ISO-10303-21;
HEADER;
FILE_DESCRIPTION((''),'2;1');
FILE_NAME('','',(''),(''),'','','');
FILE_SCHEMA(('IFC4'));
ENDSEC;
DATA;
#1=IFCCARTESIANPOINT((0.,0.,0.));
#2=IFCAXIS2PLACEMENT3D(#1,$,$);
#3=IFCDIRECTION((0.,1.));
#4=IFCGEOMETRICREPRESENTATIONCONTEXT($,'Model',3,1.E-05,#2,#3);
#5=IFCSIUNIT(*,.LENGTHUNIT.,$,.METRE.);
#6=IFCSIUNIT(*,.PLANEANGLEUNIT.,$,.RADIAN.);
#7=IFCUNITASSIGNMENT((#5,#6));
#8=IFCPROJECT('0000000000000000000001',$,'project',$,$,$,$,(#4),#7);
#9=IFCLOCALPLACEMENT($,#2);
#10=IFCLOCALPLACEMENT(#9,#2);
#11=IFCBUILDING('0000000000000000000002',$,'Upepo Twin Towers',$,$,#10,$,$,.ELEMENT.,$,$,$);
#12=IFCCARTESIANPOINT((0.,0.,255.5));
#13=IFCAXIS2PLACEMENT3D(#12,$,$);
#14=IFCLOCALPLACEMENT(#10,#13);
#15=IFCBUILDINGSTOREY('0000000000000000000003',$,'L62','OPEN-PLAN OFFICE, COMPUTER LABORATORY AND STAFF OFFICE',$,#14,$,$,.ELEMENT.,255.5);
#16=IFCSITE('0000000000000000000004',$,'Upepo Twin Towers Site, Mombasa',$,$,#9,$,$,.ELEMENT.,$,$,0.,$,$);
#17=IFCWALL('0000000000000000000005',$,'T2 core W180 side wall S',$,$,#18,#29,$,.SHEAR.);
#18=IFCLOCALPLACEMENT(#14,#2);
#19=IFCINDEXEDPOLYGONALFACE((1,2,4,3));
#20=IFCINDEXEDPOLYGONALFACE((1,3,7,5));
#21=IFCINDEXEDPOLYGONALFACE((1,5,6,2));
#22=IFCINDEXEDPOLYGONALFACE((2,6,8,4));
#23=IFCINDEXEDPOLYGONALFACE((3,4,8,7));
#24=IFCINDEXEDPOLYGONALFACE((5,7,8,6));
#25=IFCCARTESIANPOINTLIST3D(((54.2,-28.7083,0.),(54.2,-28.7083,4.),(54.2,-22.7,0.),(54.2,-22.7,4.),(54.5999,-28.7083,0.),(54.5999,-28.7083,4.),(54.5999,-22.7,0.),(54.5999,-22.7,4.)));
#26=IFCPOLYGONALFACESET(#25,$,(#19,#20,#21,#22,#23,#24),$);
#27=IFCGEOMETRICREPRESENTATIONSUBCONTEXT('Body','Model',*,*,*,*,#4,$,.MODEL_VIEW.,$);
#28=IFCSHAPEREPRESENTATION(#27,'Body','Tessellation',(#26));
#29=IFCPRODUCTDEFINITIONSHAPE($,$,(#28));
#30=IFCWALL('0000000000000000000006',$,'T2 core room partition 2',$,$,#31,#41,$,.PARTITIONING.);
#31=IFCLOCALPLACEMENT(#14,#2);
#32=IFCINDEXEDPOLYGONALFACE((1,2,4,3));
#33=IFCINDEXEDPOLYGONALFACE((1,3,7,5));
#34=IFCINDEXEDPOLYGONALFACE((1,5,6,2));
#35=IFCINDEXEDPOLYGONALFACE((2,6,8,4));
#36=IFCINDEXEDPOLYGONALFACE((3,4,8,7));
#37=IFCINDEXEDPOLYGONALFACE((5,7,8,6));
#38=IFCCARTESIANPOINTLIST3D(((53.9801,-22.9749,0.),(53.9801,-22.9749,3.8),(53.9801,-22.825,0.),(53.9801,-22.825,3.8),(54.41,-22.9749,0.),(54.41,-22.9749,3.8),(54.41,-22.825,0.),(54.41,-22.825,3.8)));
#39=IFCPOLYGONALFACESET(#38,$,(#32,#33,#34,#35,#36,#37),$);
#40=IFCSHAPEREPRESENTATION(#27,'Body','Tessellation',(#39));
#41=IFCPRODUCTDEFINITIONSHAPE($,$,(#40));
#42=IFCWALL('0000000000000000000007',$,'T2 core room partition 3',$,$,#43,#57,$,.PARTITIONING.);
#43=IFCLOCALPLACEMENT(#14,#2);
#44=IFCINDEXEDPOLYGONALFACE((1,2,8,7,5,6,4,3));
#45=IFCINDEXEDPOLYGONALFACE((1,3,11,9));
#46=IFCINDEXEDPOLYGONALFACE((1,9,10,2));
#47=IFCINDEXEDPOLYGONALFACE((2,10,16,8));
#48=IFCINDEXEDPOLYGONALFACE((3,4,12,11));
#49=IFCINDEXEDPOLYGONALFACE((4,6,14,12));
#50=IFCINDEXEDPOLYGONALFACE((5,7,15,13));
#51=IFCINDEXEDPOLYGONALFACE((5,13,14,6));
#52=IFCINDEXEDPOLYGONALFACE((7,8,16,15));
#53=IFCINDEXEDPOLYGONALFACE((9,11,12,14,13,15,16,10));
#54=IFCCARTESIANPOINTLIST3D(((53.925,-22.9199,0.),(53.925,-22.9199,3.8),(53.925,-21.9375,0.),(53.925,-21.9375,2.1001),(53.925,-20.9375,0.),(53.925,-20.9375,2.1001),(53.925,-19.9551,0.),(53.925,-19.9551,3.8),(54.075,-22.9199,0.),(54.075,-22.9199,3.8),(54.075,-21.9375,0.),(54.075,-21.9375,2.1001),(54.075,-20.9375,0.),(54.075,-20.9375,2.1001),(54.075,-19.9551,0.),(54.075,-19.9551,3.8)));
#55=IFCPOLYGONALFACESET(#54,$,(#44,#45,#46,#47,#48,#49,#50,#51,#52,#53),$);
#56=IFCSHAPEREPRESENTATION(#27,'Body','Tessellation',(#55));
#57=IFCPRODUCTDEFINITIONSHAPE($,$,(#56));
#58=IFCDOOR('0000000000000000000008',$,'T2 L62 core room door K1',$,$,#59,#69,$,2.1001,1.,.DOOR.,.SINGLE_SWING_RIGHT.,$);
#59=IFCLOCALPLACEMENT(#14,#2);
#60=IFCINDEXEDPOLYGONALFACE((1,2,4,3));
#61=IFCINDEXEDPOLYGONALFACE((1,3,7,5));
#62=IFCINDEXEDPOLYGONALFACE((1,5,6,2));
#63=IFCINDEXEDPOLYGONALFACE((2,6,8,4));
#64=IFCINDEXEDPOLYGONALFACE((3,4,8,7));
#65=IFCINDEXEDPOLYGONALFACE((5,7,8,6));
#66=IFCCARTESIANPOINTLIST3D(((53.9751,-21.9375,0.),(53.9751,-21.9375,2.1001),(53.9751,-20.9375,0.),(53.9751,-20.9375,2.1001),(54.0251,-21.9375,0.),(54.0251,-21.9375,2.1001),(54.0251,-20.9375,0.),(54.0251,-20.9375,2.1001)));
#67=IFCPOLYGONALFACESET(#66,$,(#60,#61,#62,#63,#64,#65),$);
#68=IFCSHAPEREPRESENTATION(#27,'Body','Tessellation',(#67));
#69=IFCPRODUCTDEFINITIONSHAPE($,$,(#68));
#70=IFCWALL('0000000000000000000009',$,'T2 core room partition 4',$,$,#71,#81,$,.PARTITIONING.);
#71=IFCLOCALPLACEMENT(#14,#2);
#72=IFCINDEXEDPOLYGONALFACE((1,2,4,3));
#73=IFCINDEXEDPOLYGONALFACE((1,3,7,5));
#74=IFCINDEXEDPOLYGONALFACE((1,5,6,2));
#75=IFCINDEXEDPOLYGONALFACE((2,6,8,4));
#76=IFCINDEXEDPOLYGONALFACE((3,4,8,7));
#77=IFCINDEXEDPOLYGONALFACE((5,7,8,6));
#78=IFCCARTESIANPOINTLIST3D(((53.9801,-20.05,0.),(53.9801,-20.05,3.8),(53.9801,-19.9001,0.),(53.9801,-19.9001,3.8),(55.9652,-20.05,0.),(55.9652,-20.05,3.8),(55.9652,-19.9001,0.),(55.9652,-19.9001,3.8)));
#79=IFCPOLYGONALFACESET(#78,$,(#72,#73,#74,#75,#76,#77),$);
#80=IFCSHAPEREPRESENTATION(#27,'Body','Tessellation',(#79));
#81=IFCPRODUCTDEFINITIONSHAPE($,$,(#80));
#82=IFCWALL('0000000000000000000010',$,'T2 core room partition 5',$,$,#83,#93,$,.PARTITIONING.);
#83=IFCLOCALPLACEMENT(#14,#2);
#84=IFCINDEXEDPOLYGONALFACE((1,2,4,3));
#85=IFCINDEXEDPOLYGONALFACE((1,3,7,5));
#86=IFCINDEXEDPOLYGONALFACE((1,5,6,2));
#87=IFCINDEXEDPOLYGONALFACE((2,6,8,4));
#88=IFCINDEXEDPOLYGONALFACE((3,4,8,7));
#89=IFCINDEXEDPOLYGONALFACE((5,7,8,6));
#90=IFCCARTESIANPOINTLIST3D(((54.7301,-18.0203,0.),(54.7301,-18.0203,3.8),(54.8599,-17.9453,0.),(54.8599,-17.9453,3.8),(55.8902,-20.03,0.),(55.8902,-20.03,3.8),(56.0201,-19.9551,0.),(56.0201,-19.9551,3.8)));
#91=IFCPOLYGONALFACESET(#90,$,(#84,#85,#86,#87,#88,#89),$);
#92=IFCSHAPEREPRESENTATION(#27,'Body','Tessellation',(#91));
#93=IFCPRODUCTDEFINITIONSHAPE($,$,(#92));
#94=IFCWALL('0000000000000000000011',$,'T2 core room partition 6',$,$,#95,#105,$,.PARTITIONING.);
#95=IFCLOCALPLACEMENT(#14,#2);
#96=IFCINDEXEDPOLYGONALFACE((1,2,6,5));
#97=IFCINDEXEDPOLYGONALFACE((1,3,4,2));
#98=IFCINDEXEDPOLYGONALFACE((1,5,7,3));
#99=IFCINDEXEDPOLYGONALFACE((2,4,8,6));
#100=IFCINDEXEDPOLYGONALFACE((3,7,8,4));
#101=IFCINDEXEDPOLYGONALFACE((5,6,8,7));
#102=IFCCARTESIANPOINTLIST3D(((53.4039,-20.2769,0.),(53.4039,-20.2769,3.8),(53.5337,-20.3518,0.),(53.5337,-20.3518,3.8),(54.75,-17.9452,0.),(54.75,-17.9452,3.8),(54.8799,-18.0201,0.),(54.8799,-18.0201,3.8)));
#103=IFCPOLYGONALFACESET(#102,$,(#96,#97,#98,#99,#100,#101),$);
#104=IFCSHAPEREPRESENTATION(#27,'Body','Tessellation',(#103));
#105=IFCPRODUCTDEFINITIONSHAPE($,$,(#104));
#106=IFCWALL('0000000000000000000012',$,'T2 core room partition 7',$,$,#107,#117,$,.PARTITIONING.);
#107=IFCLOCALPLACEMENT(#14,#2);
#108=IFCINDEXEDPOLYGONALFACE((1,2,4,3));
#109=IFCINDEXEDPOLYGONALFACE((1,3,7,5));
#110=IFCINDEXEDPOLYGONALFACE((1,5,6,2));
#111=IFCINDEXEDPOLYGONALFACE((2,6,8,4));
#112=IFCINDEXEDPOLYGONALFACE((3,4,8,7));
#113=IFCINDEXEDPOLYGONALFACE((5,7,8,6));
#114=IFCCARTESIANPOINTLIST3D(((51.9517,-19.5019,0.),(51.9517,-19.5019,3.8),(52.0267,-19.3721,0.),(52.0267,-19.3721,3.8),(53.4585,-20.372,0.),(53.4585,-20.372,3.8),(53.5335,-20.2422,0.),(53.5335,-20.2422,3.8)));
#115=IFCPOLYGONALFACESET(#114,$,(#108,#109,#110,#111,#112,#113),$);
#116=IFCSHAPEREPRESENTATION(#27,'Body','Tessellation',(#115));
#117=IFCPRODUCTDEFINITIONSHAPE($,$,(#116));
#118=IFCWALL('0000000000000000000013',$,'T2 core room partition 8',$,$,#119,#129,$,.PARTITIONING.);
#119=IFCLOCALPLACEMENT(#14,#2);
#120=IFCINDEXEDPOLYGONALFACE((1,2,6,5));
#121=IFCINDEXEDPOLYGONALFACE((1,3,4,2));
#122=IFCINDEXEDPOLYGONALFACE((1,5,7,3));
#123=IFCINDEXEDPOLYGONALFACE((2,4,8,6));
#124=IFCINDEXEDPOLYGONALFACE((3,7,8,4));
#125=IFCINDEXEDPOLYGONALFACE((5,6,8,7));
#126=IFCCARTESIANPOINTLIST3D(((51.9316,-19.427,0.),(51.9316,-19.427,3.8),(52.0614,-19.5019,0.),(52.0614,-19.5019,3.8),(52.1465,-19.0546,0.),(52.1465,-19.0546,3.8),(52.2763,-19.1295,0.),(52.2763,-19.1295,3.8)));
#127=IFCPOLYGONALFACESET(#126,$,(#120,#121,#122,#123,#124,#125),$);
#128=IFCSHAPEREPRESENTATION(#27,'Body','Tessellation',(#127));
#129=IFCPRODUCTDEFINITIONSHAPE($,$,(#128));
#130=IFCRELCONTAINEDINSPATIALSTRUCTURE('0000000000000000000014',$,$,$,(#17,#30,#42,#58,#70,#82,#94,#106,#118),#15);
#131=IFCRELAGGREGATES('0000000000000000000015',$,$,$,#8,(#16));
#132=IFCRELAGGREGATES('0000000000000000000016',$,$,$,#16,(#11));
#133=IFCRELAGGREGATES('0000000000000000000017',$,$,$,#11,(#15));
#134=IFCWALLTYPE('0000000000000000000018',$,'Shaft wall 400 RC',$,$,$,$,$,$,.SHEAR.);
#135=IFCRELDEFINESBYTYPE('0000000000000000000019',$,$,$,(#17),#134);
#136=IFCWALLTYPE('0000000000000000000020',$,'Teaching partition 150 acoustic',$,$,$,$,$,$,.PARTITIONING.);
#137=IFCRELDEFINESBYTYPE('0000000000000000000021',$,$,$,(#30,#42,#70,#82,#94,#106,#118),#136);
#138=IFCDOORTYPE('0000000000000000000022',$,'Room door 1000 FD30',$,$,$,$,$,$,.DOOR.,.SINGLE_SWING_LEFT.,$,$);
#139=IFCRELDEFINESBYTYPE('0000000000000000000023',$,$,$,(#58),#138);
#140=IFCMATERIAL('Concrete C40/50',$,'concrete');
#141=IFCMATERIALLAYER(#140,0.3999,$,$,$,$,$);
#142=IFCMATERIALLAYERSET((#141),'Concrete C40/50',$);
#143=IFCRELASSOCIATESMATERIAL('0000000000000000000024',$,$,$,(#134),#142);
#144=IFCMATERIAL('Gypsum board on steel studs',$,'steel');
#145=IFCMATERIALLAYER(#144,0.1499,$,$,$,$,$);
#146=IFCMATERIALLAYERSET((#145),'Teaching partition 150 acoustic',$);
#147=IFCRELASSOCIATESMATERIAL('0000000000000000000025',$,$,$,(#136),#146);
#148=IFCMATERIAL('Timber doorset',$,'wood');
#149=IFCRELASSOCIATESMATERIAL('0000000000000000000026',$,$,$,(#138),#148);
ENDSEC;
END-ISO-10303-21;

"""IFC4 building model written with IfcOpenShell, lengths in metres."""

from ifc_helpers import new_model, si_unit, direction, frame, frame_2d, origin, place, context, subcontext, project, spatial, rectangle, extrude, material, layer, layer_set, type_object, element, fill, save


model = new_model("IFC4")

# Units and contexts
model_context = context("Model", 3, precision=1e-05, world=origin(), true_north=direction((0.0, 1.0)))
body_context = subcontext(model_context, "Body", "Model", "MODEL_VIEW")
ifc_project = project(units=[si_unit("LENGTHUNIT", "METRE"), si_unit("PLANEANGLEUNIT", "RADIAN")], contexts=[model_context])

# Site, building, storey
site_placement = place(None, origin())
site = spatial("IfcSite", under=ifc_project, at=site_placement, Name="Upepo Twin Towers Site, Mombasa", CompositionType="ELEMENT", RefElevation=0.0)
building_placement = place(site_placement, origin())
building = spatial("IfcBuilding", under=site, at=building_placement, Name="Upepo Twin Towers", CompositionType="ELEMENT")
storey_placement = place(building_placement, frame((0.0, 0.0, 255.5)))
storey = spatial("IfcBuildingStorey", under=building, at=storey_placement, Name="L62", Description="OPEN-PLAN OFFICE, COMPUTER LABORATORY AND STAFF OFFICE", CompositionType="ELEMENT", Elevation=255.5)

# Walls
ifc_material_1 = material(Name="Concrete C40/50", Category="concrete")
ifc_layer_1 = layer(ifc_material_1, 0.3999)
ifc_layer_set_1 = layer_set([ifc_layer_1], Name="Concrete C40/50")
wall_type_1 = type_object("IfcWallType", Name="Shaft wall 400 RC", PredefinedType="SHEAR", material=ifc_layer_set_1)
for number, where, z_axis, x_axis, name in (
    (1, (54.3999, -22.7, 0.0), (0.0, 0.0, 1.0), (0.0, -1.0, 0.0), "T2 core W180 side wall S"),
):
    element("IfcWall", number, at=place(storey_placement, frame(where, z_axis=z_axis, x_axis=x_axis)), inside=storey, type_object=wall_type_1, Name=name, PredefinedType="SHEAR", context=body_context, shape_type="SweptSolid", body=[
        extrude(rectangle(XDim=6.0083, YDim=0.3999, at=frame_2d((3.0042, 0.0))), origin(), (0.0, 0.0, 1.0), 4.0),
    ])
ifc_material_2 = material(Name="Gypsum board on steel studs", Category="steel")
ifc_layer_2 = layer(ifc_material_2, 0.1499)
ifc_layer_set_2 = layer_set([ifc_layer_2], Name="Teaching partition 150 acoustic")
wall_type_2 = type_object("IfcWallType", Name="Teaching partition 150 acoustic", PredefinedType="PARTITIONING", material=ifc_layer_set_2)
wall_1_placement = place(storey_placement, frame((54.4099, -22.8999, 0.0), z_axis=(0.0, 0.0, 1.0), x_axis=(-1.0, 0.0, 0.0)))
element("IfcWall", 2, at=wall_1_placement, inside=storey, type_object=wall_type_2, Name="T2 core room partition 2", PredefinedType="PARTITIONING", context=body_context, shape_type="SweptSolid", body=[
    extrude(rectangle(XDim=0.4299, YDim=0.1499, at=frame_2d((0.2148, 0.0))), origin(), (0.0, 0.0, 1.0), 3.8),
])

# Wall, opening, door
wall_2_placement = place(storey_placement, frame((54.0, -22.9199, 0.0), z_axis=(0.0, 0.0, 1.0), x_axis=(0.0, 1.0, 0.0)))
wall_2 = element("IfcWall", 3, at=wall_2_placement, inside=storey, type_object=wall_type_2, Name="T2 core room partition 3", PredefinedType="PARTITIONING", context=body_context, shape_type="SweptSolid", body=[
    extrude(rectangle(XDim=2.9648, YDim=0.1499, at=frame_2d((1.4824, 0.0))), origin(), (0.0, 0.0, 1.0), 3.8),
])
opening_1_placement = place(wall_2_placement, frame((0.9824, 0.0, 0.0)))
opening_1 = element("IfcOpeningElement", 4, at=opening_1_placement, cuts=wall_2, PredefinedType="OPENING", context=body_context, shape_type="SweptSolid", body=[
    extrude(rectangle(XDim=1.0, YDim=2.1001, at=frame_2d((0.5, 1.05))), frame((0.0, 0.085, 0.0), z_axis=(0.0, -1.0, 0.0), x_axis=(1.0, 0.0, 0.0)), (0.0, 0.0, 1.0), 0.1699),
])
ifc_material_3 = material(Name="Timber doorset", Category="wood")
door_type_1 = type_object("IfcDoorType", Name="Room door 1000 FD30", OperationType="SINGLE_SWING_LEFT", PredefinedType="DOOR", material=ifc_material_3)
door_1_placement = place(opening_1_placement, origin())
door_1 = element("IfcDoor", 5, at=door_1_placement, inside=storey, type_object=door_type_1, Name="T2 L62 core room door K1", OperationType="SINGLE_SWING_RIGHT", OverallHeight=2.1001, OverallWidth=1.0, PredefinedType="DOOR", context=body_context, shape_type="SweptSolid", body=[
    extrude(rectangle(XDim=1.0, YDim=2.1001, at=frame_2d((0.5, 1.05))), frame((0.0, 0.0249, 0.0), z_axis=(0.0, -1.0, 0.0), x_axis=(1.0, 0.0, 0.0)), (0.0, 0.0, 1.0), 0.05),
])
fill(opening_1, door_1)

# Walls
wall_3_placement = place(storey_placement, frame((53.98, -19.9751, 0.0), z_axis=(0.0, 0.0, 1.0), x_axis=(1.0, 0.0, 0.0)))
element("IfcWall", 6, at=wall_3_placement, inside=storey, type_object=wall_type_2, Name="T2 core room partition 4", PredefinedType="PARTITIONING", context=body_context, shape_type="SweptSolid", body=[
    extrude(rectangle(XDim=1.9851, YDim=0.1499, at=frame_2d((0.9927, 0.0))), origin(), (0.0, 0.0, 1.0), 3.8),
])
wall_4_placement = place(storey_placement, frame((55.9551, -19.9924, 0.0), z_axis=(0.0, 0.0, 1.0), x_axis=(-0.499941, 0.866059, 0.0)))
element("IfcWall", 7, at=wall_4_placement, inside=storey, type_object=wall_type_2, Name="T2 core room partition 5", PredefinedType="PARTITIONING", context=body_context, shape_type="SweptSolid", body=[
    extrude(rectangle(XDim=2.3206, YDim=0.1499, at=frame_2d((1.1602, 0.0))), origin(), (0.0, 0.0, 1.0), 3.8),
])
wall_5_placement = place(storey_placement, frame((54.8149, -17.9827, 0.0), z_axis=(0.0, 0.0, 1.0), x_axis=(-0.499981, -0.866036, 0.0)))
element("IfcWall", 8, at=wall_5_placement, inside=storey, type_object=wall_type_2, Name="T2 core room partition 6", PredefinedType="PARTITIONING", context=body_context, shape_type="SweptSolid", body=[
    extrude(rectangle(XDim=2.6924, YDim=0.1499, at=frame_2d((1.3462, 0.0))), origin(), (0.0, 0.0, 1.0), 3.8),
])
wall_6_placement = place(storey_placement, frame((53.4961, -20.3071, 0.0), z_axis=(0.0, 0.0, 1.0), x_axis=(-0.865989, 0.500063, 0.0)))
element("IfcWall", 9, at=wall_6_placement, inside=storey, type_object=wall_type_2, Name="T2 core room partition 7", PredefinedType="PARTITIONING", context=body_context, shape_type="SweptSolid", body=[
    extrude(rectangle(XDim=1.74, YDim=0.1499, at=frame_2d((0.8701, 0.0))), origin(), (0.0, 0.0, 1.0), 3.8),
])
wall_7_placement = place(storey_placement, frame((51.9966, -19.4644, 0.0), z_axis=(0.0, 0.0, 1.0), x_axis=(0.499804, 0.866138, 0.0)))
element("IfcWall", 10, at=wall_7_placement, inside=storey, type_object=wall_type_2, Name="T2 core room partition 8", PredefinedType="PARTITIONING", context=body_context, shape_type="SweptSolid", body=[
    extrude(rectangle(XDim=0.4299, YDim=0.1499, at=frame_2d((0.2148, 0.0))), origin(), (0.0, 0.0, 1.0), 3.8),
])

save(model, "model.ifc")
